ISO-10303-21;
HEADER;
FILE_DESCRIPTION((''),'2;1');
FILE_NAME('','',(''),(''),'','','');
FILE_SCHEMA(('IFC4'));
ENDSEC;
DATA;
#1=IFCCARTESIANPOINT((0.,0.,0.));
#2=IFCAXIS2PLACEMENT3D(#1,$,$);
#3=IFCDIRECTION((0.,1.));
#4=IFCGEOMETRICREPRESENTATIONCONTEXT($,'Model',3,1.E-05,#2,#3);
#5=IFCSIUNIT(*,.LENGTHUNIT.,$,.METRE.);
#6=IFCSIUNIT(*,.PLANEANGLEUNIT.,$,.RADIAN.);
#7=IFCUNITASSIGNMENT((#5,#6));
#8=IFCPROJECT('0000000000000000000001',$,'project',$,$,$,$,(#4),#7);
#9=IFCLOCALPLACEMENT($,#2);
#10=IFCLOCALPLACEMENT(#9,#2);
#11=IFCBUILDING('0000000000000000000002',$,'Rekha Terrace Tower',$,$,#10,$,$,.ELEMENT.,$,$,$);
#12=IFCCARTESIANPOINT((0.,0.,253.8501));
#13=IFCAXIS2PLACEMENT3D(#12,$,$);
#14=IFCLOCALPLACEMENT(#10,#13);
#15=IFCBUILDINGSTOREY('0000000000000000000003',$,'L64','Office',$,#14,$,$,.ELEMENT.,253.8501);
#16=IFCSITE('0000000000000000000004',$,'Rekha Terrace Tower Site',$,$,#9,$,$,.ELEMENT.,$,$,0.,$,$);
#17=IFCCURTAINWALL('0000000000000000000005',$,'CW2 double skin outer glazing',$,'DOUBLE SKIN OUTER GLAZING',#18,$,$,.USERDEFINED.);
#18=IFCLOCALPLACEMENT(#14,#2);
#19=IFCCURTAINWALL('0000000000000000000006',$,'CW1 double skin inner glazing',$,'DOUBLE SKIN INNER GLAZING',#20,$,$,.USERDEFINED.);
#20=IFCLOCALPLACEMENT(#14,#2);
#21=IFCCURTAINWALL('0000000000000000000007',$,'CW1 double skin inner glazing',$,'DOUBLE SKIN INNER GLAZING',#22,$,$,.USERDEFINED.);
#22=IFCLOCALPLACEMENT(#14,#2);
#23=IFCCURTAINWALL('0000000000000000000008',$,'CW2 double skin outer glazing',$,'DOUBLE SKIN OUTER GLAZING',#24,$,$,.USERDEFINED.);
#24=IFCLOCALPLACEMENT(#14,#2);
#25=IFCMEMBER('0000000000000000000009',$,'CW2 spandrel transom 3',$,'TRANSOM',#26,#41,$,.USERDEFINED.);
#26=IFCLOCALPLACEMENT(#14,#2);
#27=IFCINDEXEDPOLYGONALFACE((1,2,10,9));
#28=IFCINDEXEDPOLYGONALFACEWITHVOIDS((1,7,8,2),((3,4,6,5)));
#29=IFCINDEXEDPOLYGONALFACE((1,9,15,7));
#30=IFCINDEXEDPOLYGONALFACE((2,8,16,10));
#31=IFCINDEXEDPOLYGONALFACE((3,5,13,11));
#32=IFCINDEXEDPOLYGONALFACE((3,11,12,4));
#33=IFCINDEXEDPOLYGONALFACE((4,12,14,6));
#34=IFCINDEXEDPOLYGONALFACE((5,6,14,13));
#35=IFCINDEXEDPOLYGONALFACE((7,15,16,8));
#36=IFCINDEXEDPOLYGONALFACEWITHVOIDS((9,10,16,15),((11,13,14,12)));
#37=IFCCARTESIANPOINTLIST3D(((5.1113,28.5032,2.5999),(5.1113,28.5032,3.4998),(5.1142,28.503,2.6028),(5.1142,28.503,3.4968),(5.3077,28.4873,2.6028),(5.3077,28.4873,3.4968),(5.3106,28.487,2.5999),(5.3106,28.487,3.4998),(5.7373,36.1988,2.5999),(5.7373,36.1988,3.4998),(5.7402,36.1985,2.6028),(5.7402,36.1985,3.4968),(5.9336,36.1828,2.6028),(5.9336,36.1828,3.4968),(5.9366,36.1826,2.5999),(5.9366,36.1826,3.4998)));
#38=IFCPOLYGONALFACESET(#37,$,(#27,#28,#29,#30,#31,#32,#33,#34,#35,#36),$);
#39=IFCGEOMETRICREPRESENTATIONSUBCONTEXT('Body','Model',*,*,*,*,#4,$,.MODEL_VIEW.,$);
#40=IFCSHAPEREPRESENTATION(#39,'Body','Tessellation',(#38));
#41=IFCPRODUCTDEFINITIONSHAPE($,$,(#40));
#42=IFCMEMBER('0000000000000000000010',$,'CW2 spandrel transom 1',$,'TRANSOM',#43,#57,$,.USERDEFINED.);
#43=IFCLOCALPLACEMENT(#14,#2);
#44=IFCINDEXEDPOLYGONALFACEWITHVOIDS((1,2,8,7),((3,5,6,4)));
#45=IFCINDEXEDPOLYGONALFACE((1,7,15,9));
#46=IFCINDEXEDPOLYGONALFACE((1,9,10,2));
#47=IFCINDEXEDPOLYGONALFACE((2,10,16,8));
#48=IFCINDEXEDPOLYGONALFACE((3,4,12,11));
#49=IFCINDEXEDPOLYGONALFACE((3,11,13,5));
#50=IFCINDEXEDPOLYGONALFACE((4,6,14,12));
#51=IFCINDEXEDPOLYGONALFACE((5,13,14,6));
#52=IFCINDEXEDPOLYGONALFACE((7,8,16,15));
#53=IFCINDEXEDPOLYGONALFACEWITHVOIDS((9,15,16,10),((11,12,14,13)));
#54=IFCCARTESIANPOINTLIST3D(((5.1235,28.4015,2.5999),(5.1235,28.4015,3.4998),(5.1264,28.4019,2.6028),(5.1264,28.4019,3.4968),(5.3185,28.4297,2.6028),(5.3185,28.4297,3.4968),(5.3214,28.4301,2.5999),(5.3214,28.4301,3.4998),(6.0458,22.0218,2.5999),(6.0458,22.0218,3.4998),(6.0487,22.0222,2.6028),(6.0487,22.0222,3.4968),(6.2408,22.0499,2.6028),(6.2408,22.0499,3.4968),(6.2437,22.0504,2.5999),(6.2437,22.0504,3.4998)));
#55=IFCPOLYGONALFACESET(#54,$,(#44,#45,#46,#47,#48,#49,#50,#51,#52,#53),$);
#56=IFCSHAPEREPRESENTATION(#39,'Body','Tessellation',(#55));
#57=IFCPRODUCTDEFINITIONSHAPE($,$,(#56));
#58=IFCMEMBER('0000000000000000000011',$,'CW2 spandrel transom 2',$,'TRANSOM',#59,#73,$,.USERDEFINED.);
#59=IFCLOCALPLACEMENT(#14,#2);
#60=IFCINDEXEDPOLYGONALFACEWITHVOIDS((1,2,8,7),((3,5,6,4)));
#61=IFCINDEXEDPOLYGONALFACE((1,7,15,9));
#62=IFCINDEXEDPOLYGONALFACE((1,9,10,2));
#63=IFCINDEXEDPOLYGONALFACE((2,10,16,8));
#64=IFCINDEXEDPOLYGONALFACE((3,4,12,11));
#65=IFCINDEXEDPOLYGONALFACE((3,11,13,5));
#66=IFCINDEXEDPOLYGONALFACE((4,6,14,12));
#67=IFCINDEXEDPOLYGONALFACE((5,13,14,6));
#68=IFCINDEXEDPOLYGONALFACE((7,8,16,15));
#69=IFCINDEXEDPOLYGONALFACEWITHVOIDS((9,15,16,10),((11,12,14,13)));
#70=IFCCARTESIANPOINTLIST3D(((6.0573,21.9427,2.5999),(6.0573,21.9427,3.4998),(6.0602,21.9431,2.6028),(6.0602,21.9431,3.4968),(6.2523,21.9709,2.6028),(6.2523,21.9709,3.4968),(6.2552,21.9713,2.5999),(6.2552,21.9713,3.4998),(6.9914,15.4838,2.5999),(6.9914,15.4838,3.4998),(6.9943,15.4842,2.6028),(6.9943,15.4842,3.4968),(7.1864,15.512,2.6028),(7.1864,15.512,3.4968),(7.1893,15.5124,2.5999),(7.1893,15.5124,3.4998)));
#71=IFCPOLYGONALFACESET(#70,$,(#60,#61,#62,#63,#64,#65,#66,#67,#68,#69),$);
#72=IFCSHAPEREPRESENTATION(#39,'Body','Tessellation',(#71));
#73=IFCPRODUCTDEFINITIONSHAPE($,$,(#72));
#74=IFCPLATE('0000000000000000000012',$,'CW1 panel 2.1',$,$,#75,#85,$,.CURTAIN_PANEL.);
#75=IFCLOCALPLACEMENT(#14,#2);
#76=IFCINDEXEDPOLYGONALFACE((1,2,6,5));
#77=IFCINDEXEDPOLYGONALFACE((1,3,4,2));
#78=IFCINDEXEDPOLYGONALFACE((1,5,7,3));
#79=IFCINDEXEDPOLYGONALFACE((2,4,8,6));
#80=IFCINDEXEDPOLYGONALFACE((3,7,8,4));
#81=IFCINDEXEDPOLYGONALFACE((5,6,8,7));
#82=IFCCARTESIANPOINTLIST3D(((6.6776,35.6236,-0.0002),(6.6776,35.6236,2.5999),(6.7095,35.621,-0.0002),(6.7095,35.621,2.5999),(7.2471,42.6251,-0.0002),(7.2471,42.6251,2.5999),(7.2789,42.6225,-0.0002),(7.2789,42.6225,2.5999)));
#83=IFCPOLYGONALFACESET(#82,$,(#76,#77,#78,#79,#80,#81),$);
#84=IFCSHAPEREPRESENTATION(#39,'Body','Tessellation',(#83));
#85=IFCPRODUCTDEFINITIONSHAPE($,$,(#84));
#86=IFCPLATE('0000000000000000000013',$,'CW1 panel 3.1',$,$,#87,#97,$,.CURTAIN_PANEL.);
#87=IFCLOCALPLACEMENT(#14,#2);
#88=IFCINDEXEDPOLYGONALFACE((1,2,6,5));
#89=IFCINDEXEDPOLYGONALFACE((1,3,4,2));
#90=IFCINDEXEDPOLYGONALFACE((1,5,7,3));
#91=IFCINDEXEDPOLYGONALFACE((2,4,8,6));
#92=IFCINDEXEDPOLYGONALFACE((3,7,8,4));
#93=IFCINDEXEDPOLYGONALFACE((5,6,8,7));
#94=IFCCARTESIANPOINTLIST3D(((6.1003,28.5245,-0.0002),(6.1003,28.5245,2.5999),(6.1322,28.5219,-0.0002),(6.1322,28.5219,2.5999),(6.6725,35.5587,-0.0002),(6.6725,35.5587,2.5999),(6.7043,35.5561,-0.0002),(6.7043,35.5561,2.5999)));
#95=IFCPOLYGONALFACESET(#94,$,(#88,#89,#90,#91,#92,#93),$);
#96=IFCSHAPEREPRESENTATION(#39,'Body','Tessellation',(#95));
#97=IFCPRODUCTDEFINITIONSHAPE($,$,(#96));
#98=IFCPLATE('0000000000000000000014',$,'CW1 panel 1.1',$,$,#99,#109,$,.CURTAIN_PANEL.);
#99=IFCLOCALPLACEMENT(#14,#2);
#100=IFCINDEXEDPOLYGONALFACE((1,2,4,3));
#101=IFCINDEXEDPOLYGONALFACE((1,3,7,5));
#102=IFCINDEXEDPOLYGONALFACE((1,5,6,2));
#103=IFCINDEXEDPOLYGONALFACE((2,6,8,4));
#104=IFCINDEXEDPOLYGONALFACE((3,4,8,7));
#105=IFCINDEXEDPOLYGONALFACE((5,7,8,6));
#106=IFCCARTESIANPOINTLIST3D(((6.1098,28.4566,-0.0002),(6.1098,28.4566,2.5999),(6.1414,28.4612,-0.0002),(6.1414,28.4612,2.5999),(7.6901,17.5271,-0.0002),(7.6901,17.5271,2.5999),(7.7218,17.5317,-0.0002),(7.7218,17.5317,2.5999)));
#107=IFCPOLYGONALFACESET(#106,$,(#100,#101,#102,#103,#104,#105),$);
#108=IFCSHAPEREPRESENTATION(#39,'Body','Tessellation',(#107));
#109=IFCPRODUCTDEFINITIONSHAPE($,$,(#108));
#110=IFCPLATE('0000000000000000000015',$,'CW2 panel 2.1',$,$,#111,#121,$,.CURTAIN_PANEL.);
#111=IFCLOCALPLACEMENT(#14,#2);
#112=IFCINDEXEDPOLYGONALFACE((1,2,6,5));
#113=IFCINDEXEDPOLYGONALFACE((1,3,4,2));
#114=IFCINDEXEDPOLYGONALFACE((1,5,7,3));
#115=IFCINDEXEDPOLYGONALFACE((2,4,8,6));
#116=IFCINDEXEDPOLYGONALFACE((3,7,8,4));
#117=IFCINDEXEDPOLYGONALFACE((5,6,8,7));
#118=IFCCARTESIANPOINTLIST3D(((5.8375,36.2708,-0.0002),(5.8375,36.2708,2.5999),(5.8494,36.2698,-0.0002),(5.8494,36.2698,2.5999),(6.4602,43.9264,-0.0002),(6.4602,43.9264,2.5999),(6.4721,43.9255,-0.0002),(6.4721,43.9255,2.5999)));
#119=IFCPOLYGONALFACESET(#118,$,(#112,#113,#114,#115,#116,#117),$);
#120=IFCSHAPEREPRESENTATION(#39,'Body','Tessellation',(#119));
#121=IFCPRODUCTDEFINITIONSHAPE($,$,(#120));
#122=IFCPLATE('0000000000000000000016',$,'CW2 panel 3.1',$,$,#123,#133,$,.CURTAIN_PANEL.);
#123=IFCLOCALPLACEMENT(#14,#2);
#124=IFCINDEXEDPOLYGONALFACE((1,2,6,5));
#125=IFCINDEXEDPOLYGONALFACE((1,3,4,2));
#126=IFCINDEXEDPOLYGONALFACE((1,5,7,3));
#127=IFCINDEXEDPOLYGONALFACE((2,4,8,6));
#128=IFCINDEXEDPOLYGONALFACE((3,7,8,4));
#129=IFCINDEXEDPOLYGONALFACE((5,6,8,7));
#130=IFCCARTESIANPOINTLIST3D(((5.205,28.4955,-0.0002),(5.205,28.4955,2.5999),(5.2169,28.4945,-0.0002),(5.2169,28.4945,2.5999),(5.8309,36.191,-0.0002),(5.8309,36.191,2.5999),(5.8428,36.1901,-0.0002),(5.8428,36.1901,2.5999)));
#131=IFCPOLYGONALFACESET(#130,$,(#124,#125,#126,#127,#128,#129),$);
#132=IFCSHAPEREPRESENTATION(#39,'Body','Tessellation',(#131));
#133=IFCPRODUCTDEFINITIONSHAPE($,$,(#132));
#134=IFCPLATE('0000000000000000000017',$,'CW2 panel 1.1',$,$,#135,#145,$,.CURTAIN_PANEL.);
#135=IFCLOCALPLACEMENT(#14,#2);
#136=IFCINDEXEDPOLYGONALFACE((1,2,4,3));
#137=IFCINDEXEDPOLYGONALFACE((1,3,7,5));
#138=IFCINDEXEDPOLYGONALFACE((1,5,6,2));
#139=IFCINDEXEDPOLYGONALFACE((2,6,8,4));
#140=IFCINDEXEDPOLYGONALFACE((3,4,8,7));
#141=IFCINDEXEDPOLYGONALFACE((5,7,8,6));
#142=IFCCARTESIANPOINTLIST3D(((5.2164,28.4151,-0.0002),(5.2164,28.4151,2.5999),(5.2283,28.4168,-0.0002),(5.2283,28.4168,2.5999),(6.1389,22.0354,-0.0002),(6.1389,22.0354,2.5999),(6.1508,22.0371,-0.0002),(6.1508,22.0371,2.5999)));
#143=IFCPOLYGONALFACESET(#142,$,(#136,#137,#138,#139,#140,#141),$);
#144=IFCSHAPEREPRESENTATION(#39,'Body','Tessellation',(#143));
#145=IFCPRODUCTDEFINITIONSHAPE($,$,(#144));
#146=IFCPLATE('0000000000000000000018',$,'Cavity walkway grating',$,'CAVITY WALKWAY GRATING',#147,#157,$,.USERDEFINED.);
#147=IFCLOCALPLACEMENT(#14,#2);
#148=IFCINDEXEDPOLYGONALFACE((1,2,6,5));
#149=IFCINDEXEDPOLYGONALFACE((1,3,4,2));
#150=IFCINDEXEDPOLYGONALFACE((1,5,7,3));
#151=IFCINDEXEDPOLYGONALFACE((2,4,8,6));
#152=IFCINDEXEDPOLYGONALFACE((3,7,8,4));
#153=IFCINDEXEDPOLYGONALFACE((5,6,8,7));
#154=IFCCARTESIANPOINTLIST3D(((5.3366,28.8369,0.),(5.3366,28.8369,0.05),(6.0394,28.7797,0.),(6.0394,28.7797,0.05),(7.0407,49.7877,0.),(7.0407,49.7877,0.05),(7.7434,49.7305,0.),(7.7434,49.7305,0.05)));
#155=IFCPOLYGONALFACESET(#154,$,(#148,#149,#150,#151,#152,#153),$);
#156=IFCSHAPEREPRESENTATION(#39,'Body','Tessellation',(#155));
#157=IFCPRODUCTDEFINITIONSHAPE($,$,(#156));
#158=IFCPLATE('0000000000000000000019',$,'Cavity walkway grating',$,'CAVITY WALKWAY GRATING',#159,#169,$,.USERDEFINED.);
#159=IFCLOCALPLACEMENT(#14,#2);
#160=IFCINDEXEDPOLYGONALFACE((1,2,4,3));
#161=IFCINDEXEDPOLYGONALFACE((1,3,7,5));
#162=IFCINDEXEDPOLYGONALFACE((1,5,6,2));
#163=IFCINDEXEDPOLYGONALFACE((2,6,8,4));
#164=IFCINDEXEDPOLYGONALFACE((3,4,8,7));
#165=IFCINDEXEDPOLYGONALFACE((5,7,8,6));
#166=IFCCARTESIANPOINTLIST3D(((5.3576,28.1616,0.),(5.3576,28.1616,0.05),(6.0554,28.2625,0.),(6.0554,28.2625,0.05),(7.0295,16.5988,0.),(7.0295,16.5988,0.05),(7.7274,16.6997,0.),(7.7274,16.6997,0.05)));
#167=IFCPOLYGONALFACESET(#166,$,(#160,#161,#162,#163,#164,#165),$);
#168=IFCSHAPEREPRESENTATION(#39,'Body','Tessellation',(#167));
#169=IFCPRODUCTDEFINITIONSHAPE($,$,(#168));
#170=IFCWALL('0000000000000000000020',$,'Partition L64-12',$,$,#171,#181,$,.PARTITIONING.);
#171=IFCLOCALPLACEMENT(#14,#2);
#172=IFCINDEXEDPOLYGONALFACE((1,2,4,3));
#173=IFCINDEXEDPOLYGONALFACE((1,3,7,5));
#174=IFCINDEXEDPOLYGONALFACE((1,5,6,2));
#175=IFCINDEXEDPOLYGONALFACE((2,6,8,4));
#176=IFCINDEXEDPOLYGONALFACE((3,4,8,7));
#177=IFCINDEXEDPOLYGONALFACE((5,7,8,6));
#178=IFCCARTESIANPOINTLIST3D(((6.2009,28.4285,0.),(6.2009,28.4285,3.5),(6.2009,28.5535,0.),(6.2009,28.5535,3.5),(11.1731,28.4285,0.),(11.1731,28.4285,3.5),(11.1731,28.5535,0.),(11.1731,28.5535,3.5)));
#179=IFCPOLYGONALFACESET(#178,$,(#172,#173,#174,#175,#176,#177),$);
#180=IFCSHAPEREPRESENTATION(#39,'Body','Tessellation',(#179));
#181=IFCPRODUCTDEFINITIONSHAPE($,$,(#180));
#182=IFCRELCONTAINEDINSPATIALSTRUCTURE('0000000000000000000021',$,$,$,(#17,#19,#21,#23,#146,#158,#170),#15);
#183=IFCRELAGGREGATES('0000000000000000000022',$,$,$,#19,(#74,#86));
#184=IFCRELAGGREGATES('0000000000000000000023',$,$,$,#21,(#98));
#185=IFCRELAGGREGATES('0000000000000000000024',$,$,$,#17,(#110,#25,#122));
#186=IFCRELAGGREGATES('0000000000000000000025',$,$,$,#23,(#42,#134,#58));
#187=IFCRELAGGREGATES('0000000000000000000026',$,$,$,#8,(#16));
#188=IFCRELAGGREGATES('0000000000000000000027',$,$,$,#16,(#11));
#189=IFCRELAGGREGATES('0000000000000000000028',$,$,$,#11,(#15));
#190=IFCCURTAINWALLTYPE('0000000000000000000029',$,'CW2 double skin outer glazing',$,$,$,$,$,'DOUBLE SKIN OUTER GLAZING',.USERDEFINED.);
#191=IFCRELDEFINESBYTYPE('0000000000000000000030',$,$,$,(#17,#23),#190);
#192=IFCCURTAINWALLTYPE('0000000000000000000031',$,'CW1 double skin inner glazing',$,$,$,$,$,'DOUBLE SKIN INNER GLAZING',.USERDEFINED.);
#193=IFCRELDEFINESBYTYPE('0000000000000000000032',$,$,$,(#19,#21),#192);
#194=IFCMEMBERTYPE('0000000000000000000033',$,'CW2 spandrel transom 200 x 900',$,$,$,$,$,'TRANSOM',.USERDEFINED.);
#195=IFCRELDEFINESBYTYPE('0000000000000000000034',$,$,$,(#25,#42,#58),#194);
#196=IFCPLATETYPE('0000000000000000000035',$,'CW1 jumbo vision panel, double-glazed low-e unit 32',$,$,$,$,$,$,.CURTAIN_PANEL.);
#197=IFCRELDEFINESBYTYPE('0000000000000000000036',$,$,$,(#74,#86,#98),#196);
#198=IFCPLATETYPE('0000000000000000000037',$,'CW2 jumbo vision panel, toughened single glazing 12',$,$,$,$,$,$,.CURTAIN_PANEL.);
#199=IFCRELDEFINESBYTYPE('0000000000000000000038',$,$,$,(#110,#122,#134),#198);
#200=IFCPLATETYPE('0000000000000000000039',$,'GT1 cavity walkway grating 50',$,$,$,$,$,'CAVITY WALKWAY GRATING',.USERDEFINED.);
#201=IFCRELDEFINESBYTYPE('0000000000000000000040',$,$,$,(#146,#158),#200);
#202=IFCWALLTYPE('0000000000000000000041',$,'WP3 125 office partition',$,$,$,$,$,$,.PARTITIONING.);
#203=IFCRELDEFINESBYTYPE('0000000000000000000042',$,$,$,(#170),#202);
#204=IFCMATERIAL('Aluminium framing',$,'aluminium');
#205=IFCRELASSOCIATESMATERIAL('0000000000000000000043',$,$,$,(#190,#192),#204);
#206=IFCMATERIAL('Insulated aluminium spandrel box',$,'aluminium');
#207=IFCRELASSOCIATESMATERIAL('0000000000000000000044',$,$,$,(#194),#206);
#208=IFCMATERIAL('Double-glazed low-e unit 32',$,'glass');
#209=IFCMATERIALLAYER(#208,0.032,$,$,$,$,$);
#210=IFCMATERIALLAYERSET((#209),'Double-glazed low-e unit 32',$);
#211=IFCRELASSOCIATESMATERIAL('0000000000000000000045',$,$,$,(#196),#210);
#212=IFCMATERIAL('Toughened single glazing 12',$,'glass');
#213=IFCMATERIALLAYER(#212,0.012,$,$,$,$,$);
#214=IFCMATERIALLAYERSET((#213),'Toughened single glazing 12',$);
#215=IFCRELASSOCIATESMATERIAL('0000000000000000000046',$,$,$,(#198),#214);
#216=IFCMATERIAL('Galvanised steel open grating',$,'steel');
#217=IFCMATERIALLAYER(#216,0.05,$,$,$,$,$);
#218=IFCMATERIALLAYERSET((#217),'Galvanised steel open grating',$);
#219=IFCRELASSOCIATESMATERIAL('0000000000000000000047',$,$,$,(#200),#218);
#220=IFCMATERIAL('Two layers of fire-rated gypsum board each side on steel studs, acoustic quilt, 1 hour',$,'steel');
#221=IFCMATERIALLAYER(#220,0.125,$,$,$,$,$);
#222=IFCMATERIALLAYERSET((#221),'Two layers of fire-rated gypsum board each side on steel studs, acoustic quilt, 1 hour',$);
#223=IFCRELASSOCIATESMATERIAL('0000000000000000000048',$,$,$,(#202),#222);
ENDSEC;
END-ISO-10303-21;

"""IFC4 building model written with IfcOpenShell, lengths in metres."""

from ifc_helpers import new_model, si_unit, direction, frame, frame_2d, origin, origin_2d, place, context, subcontext, project, spatial, rectangle, hollow_rectangle, extrude, material, layer, layer_set, material_profile, profile_set, type_object, element, aggregate, save


model = new_model("IFC4")

# Units and contexts
model_context = context("Model", 3, precision=1e-05, world=origin(), true_north=direction((0.0, 1.0)))
body_context = subcontext(model_context, "Body", "Model", "MODEL_VIEW")
ifc_project = project(units=[si_unit("LENGTHUNIT", "METRE"), si_unit("PLANEANGLEUNIT", "RADIAN")], contexts=[model_context])

# Site, building, storey
site_placement = place(None, origin())
site = spatial("IfcSite", under=ifc_project, at=site_placement, Name="Rekha Terrace Tower Site", CompositionType="ELEMENT", RefElevation=0.0)
building_placement = place(site_placement, origin())
building = spatial("IfcBuilding", under=site, at=building_placement, Name="Rekha Terrace Tower", CompositionType="ELEMENT")
storey_placement = place(building_placement, frame((0.0, 0.0, 253.8501)))
storey = spatial("IfcBuildingStorey", under=building, at=storey_placement, Name="L64", Description="Office", CompositionType="ELEMENT", Elevation=253.8501)

# Curtain walls
ifc_material_1 = material(Name="Aluminium framing", Category="aluminium")
curtain_wall_type_1 = type_object("IfcCurtainWallType", Name="CW2 double skin outer glazing", ElementType="DOUBLE SKIN OUTER GLAZING", PredefinedType="USERDEFINED", material=ifc_material_1)
curtain_wall_1_placement = place(storey_placement, origin())
curtain_wall_1 = element("IfcCurtainWall", 1, at=curtain_wall_1_placement, inside=storey, type_object=curtain_wall_type_1, Name="CW2 double skin outer glazing", ObjectType="DOUBLE SKIN OUTER GLAZING", PredefinedType="USERDEFINED")
curtain_wall_type_2 = type_object("IfcCurtainWallType", Name="CW1 double skin inner glazing", ElementType="DOUBLE SKIN INNER GLAZING", PredefinedType="USERDEFINED", material=ifc_material_1)
curtain_wall_2_placement = place(storey_placement, origin())
curtain_wall_2 = element("IfcCurtainWall", 2, at=curtain_wall_2_placement, inside=storey, type_object=curtain_wall_type_2, Name="CW1 double skin inner glazing", ObjectType="DOUBLE SKIN INNER GLAZING", PredefinedType="USERDEFINED")
curtain_wall_3_placement = place(storey_placement, origin())
curtain_wall_3 = element("IfcCurtainWall", 3, at=curtain_wall_3_placement, inside=storey, type_object=curtain_wall_type_2, Name="CW1 double skin inner glazing", ObjectType="DOUBLE SKIN INNER GLAZING", PredefinedType="USERDEFINED")

# Shared definitions
ifc_material_2 = material(Name="Insulated aluminium spandrel box", Category="aluminium")

# Curtain wall
curtain_wall_4_placement = place(storey_placement, origin())
curtain_wall_4 = element("IfcCurtainWall", 4, at=curtain_wall_4_placement, inside=storey, type_object=curtain_wall_type_1, Name="CW2 double skin outer glazing", ObjectType="DOUBLE SKIN OUTER GLAZING", PredefinedType="USERDEFINED")

# Members
ifc_material_profile_1 = material_profile(ifc_material_2, hollow_rectangle(XDim=0.2, YDim=0.8999, WallThickness=0.0029, at=origin_2d()), Name="AL SPANDREL BOX 200x900")
ifc_profile_set_1 = profile_set([ifc_material_profile_1], Name="Insulated aluminium spandrel box")
member_type_1 = type_object("IfcMemberType", Name="CW2 spandrel transom 200 x 900", ElementType="TRANSOM", PredefinedType="USERDEFINED", material=ifc_profile_set_1)
member_1_placement = place(storey_placement, frame((5.8369, 36.1907, 3.0498), z_axis=(-0.081075, -0.996708, 0.0), x_axis=(0.996708, -0.081075, 0.0)))
member_1 = element("IfcMember", 5, at=member_1_placement, type_object=member_type_1, Name="CW2 spandrel transom 3", ObjectType="TRANSOM", PredefinedType="USERDEFINED", context=body_context, shape_type="SweptSolid", body=[
    extrude(hollow_rectangle(XDim=0.2, YDim=0.8999, WallThickness=0.0029, at=origin_2d()), origin(), (0.0, 0.0, 1.0), 7.7209),
])
member_2_placement = place(storey_placement, frame((5.2224, 28.4158, 3.0498), z_axis=(0.143091, -0.989709, 0.0), x_axis=(0.989709, 0.143091, 0.0)))
member_2 = element("IfcMember", 6, at=member_2_placement, type_object=member_type_1, Name="CW2 spandrel transom 1", ObjectType="TRANSOM", PredefinedType="USERDEFINED", context=body_context, shape_type="SweptSolid", body=[
    extrude(hollow_rectangle(XDim=0.2, YDim=0.8999, WallThickness=0.0029, at=origin_2d()), origin(), (0.0, 0.0, 1.0), 6.446),
])
member_3_placement = place(storey_placement, frame((6.1562, 21.957, 3.0498), z_axis=(0.143129, -0.989704, 0.0), x_axis=(0.989704, 0.143129, 0.0)))
member_3 = element("IfcMember", 7, at=member_3_placement, type_object=member_type_1, Name="CW2 spandrel transom 2", ObjectType="TRANSOM", PredefinedType="USERDEFINED", context=body_context, shape_type="SweptSolid", body=[
    extrude(hollow_rectangle(XDim=0.2, YDim=0.8999, WallThickness=0.0029, at=origin_2d()), origin(), (0.0, 0.0, 1.0), 6.5261),
])

# Plates
ifc_material_3 = material(Name="Double-glazed low-e unit 32", Category="glass")
ifc_layer_1 = layer(ifc_material_3, 0.032)
ifc_layer_set_1 = layer_set([ifc_layer_1], Name="Double-glazed low-e unit 32")
plate_type_1 = type_object("IfcPlateType", Name="CW1 jumbo vision panel, double-glazed low-e unit 32", PredefinedType="CURTAIN_PANEL", material=ifc_layer_set_1)
plate_1_placement = place(storey_placement, frame((6.9783, 39.123, -0.0002), z_axis=(0.0, 0.0, 1.0), x_axis=(-0.081068, -0.996709, 0.0)))
plate_1 = element("IfcPlate", 8, at=plate_1_placement, type_object=plate_type_1, Name="CW1 panel 2.1", PredefinedType="CURTAIN_PANEL", context=body_context, shape_type="SweptSolid", body=[
    extrude(rectangle(XDim=7.0247, YDim=0.032, at=origin_2d()), origin(), (0.0, 0.0, 1.0), 2.6001),
])
plate_2_placement = place(storey_placement, frame((6.4023, 32.0403, -0.0002), z_axis=(0.0, 0.0, 1.0), x_axis=(-0.081068, -0.996709, 0.0)))
plate_2 = element("IfcPlate", 9, at=plate_2_placement, type_object=plate_type_1, Name="CW1 panel 3.1", PredefinedType="CURTAIN_PANEL", context=body_context, shape_type="SweptSolid", body=[
    extrude(rectangle(XDim=7.0574, YDim=0.032, at=origin_2d()), origin(), (0.0, 0.0, 1.0), 2.6001),
])
aggregate(curtain_wall_2, [plate_1, plate_2])
plate_3_placement = place(storey_placement, frame((6.9158, 22.9941, -0.0002), z_axis=(0.0, 0.0, 1.0), x_axis=(0.143108, -0.989707, 0.0)))
plate_3 = element("IfcPlate", 10, at=plate_3_placement, type_object=plate_type_1, Name="CW1 panel 1.1", PredefinedType="CURTAIN_PANEL", context=body_context, shape_type="SweptSolid", body=[
    extrude(rectangle(XDim=11.0432, YDim=0.032, at=origin_2d()), origin(), (0.0, 0.0, 1.0), 2.6001),
])
aggregate(curtain_wall_3, [plate_3])
ifc_material_4 = material(Name="Toughened single glazing 12", Category="glass")
ifc_layer_2 = layer(ifc_material_4, 0.012)
ifc_layer_set_2 = layer_set([ifc_layer_2], Name="Toughened single glazing 12")
plate_type_2 = type_object("IfcPlateType", Name="CW2 jumbo vision panel, toughened single glazing 12", PredefinedType="CURTAIN_PANEL", material=ifc_layer_set_2)
plate_4_placement = place(storey_placement, frame((6.1548, 40.0981, -0.0002), z_axis=(0.0, 0.0, 1.0), x_axis=(-0.081068, -0.996709, 0.0)))
plate_4 = element("IfcPlate", 11, at=plate_4_placement, type_object=plate_type_2, Name="CW2 panel 2.1", PredefinedType="CURTAIN_PANEL", context=body_context, shape_type="SweptSolid", body=[
    extrude(rectangle(XDim=7.6809, YDim=0.012, at=origin_2d()), origin(), (0.0, 0.0, 1.0), 2.6001),
])
plate_5_placement = place(storey_placement, frame((5.5239, 32.3428, -0.0002), z_axis=(0.0, 0.0, 1.0), x_axis=(-0.081068, -0.996709, 0.0)))
plate_5 = element("IfcPlate", 12, at=plate_5_placement, type_object=plate_type_2, Name="CW2 panel 3.1", PredefinedType="CURTAIN_PANEL", context=body_context, shape_type="SweptSolid", body=[
    extrude(rectangle(XDim=7.7209, YDim=0.012, at=origin_2d()), origin(), (0.0, 0.0, 1.0), 2.6001),
])
aggregate(curtain_wall_1, [plate_4, member_1, plate_5])
plate_6_placement = place(storey_placement, frame((5.6836, 25.2261, -0.0002), z_axis=(0.0, 0.0, 1.0), x_axis=(0.143108, -0.989707, 0.0)))
plate_6 = element("IfcPlate", 13, at=plate_6_placement, type_object=plate_type_2, Name="CW2 panel 1.1", PredefinedType="CURTAIN_PANEL", context=body_context, shape_type="SweptSolid", body=[
    extrude(rectangle(XDim=6.446, YDim=0.012, at=origin_2d()), origin(), (0.0, 0.0, 1.0), 2.6001),
])
aggregate(curtain_wall_4, [member_2, plate_6, member_3])

# Plates
ifc_material_5 = material(Name="Galvanised steel open grating", Category="steel")
ifc_layer_3 = layer(ifc_material_5, 0.05)
ifc_layer_set_3 = layer_set([ifc_layer_3], Name="Galvanised steel open grating")
plate_type_3 = type_object("IfcPlateType", Name="GT1 cavity walkway grating 50", ElementType="CAVITY WALKWAY GRATING", PredefinedType="USERDEFINED", material=ifc_layer_set_3)
plate_7_placement = place(storey_placement, frame((6.54, 39.2837, 0.0), z_axis=(0.0, 0.0, 1.0), x_axis=(-0.081068, -0.996709, 0.0)))
element("IfcPlate", 14, at=plate_7_placement, inside=storey, type_object=plate_type_3, Name="Cavity walkway grating", ObjectType="CAVITY WALKWAY GRATING", PredefinedType="USERDEFINED", context=body_context, shape_type="SweptSolid", body=[
    extrude(rectangle(XDim=21.02, YDim=0.7051, at=origin_2d()), origin(), (0.0, 0.0, 1.0), 0.05),
])
plate_8_placement = place(storey_placement, frame((6.5425, 22.4307, 0.0), z_axis=(0.0, 0.0, 1.0), x_axis=(0.143108, -0.989707, 0.0)))
element("IfcPlate", 15, at=plate_8_placement, inside=storey, type_object=plate_type_3, Name="Cavity walkway grating", ObjectType="CAVITY WALKWAY GRATING", PredefinedType="USERDEFINED", context=body_context, shape_type="SweptSolid", body=[
    extrude(rectangle(XDim=11.6831, YDim=0.7051, at=origin_2d()), origin(), (0.0, 0.0, 1.0), 0.05),
])

# Wall
ifc_material_6 = material(Name="Two layers of fire-rated gypsum board each side on steel studs, acoustic quilt, 1 hour", Category="steel")
ifc_layer_4 = layer(ifc_material_6, 0.125)
ifc_layer_set_4 = layer_set([ifc_layer_4], Name="Two layers of fire-rated gypsum board each side on steel studs, acoustic quilt, 1 hour")
wall_type = type_object("IfcWallType", Name="WP3 125 office partition", PredefinedType="PARTITIONING", material=ifc_layer_set_4)
wall_placement = place(storey_placement, frame((6.2009, 28.491, 0.0), z_axis=(0.0, 0.0, 1.0), x_axis=(1.0, 0.0, 0.0)))
element("IfcWall", 16, at=wall_placement, inside=storey, type_object=wall_type, Name="Partition L64-12", PredefinedType="PARTITIONING", context=body_context, shape_type="SweptSolid", body=[
    extrude(rectangle(XDim=4.9722, YDim=0.125, at=frame_2d((2.4861, 0.0))), origin(), (0.0, 0.0, 1.0), 3.5),
])

save(model, "model.ifc")
